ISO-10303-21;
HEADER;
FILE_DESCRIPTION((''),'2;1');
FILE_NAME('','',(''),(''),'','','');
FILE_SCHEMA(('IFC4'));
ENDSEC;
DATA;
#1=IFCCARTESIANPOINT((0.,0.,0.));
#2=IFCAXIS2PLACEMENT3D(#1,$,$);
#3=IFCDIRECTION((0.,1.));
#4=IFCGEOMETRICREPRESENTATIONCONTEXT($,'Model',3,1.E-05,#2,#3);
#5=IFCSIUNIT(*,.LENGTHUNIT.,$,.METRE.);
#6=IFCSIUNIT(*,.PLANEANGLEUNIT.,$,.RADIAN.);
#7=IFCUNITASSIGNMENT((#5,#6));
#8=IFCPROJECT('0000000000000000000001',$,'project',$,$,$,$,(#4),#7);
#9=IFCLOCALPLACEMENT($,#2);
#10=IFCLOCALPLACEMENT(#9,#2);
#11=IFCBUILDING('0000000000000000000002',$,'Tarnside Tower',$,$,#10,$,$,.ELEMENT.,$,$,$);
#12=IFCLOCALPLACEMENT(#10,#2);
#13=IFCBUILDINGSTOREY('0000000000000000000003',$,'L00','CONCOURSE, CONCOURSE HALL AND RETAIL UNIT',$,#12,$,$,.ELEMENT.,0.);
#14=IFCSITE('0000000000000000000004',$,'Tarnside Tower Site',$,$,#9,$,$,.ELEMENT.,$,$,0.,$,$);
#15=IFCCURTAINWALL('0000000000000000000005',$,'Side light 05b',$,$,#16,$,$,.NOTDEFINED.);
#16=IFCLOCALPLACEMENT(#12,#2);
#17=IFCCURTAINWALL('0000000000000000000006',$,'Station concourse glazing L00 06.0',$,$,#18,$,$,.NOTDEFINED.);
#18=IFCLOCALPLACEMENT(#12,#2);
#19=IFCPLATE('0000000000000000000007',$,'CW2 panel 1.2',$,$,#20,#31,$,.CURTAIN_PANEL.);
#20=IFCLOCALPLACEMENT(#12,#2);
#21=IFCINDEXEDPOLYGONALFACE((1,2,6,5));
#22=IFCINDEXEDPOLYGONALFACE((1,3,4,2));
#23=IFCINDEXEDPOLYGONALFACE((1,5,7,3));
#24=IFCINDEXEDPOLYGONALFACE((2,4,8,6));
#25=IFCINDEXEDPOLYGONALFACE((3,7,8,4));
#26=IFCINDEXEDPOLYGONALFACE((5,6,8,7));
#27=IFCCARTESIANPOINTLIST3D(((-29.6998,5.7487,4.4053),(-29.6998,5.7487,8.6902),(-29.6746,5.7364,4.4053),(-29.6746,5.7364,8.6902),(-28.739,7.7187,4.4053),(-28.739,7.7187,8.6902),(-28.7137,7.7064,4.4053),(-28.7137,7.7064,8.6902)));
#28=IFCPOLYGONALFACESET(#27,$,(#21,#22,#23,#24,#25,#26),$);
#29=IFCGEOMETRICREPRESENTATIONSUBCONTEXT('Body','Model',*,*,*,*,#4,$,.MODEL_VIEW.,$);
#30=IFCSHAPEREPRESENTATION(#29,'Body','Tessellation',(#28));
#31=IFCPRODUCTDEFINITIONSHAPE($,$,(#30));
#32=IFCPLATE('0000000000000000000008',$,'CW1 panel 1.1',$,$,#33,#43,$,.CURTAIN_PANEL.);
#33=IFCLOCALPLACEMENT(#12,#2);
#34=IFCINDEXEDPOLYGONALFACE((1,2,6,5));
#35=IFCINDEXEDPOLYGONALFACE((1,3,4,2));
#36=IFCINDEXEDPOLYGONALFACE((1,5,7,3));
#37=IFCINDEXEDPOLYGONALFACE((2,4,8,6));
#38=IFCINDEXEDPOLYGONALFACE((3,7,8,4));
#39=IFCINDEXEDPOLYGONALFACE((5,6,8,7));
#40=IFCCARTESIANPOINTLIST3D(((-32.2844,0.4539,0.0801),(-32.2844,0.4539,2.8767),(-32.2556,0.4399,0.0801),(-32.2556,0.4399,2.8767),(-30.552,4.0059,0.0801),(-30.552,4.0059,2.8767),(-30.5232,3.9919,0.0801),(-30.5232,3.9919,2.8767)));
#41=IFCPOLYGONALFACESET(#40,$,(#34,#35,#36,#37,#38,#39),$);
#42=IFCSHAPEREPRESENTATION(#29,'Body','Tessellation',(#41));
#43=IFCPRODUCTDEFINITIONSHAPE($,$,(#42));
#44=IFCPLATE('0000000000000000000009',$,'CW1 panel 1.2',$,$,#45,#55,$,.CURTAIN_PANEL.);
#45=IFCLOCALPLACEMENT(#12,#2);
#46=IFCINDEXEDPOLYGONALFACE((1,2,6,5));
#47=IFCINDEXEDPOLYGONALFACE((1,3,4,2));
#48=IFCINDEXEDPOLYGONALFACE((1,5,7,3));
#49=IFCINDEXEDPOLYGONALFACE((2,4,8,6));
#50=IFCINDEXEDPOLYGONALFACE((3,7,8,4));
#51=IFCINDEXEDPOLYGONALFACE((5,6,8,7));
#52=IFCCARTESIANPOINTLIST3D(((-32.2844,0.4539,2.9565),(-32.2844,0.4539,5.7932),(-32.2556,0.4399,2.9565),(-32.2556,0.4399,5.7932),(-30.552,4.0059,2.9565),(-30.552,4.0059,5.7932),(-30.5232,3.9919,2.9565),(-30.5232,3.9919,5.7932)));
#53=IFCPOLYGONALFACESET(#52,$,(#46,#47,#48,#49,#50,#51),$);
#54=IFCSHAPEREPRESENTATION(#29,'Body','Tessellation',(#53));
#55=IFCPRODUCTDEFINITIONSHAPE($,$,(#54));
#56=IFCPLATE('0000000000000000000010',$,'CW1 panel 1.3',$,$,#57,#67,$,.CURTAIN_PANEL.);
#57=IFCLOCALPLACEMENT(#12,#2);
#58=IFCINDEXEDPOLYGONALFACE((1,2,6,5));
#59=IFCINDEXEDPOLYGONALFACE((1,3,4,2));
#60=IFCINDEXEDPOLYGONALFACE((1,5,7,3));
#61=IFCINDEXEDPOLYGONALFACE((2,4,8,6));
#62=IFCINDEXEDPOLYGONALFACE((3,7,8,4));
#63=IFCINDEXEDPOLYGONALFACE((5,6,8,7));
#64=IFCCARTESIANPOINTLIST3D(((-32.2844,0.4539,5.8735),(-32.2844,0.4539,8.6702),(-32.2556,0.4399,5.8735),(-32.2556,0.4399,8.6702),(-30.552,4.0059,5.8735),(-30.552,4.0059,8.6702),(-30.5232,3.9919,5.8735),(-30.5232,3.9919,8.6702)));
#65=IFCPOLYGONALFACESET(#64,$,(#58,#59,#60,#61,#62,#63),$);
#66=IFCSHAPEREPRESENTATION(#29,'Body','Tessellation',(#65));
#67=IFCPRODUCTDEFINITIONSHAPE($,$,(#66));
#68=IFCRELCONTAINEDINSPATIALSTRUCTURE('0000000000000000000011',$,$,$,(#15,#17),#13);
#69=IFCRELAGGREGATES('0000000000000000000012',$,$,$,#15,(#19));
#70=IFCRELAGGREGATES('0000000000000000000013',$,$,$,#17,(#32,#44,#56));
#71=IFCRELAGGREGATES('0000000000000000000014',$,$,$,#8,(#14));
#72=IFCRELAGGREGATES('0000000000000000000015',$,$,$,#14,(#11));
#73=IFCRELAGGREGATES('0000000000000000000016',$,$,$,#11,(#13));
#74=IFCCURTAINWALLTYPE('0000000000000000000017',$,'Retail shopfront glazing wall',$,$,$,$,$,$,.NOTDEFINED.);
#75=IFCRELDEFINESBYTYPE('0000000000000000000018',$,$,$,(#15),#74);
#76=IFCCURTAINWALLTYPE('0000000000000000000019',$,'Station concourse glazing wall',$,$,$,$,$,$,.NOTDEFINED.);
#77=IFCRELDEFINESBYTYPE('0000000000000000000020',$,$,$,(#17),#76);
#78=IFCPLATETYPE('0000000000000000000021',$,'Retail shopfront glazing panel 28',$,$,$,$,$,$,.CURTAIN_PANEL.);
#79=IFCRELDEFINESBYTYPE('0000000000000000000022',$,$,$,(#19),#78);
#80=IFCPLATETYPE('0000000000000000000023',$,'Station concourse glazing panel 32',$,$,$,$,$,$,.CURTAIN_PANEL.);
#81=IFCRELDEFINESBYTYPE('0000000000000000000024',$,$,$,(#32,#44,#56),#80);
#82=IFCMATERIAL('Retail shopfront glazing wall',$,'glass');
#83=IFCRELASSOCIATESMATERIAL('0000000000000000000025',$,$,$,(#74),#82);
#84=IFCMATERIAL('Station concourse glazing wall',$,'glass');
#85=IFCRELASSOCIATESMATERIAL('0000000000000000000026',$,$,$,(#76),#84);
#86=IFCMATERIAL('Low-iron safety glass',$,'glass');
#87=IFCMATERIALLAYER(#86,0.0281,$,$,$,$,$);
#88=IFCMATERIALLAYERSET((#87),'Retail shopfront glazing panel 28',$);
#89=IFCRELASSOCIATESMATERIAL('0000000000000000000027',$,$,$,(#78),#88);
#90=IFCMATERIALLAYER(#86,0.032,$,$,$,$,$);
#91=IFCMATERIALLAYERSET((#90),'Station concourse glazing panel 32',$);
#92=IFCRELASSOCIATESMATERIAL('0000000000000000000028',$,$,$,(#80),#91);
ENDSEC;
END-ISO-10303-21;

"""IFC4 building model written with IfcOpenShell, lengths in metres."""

from ifc_helpers import new_model, si_unit, direction, frame, origin, origin_2d, place, context, subcontext, project, spatial, rectangle, extrude, material, layer, layer_set, type_object, element, aggregate, save


model = new_model("IFC4")

# Units and contexts
model_context = context("Model", 3, precision=1e-05, world=origin(), true_north=direction((0.0, 1.0)))
body_context = subcontext(model_context, "Body", "Model", "MODEL_VIEW")
ifc_project = project(units=[si_unit("LENGTHUNIT", "METRE"), si_unit("PLANEANGLEUNIT", "RADIAN")], contexts=[model_context])

# Site, building, storey
site_placement = place(None, origin())
site = spatial("IfcSite", under=ifc_project, at=site_placement, Name="Tarnside Tower Site", CompositionType="ELEMENT", RefElevation=0.0)
building_placement = place(site_placement, origin())
building = spatial("IfcBuilding", under=site, at=building_placement, Name="Tarnside Tower", CompositionType="ELEMENT")
storey_placement = place(building_placement, origin())
storey = spatial("IfcBuildingStorey", under=building, at=storey_placement, Name="L00", Description="CONCOURSE, CONCOURSE HALL AND RETAIL UNIT", CompositionType="ELEMENT", Elevation=0.0)

# Curtain walls
ifc_material_1 = material(Name="Retail shopfront glazing wall", Category="glass")
curtain_wall_type_1 = type_object("IfcCurtainWallType", Name="Retail shopfront glazing wall", PredefinedType="NOTDEFINED", material=ifc_material_1)
curtain_wall_1_placement = place(storey_placement, origin())
curtain_wall_1 = element("IfcCurtainWall", 1, at=curtain_wall_1_placement, inside=storey, type_object=curtain_wall_type_1, Name="Side light 05b", PredefinedType="NOTDEFINED")
ifc_material_2 = material(Name="Station concourse glazing wall", Category="glass")
curtain_wall_type_2 = type_object("IfcCurtainWallType", Name="Station concourse glazing wall", PredefinedType="NOTDEFINED", material=ifc_material_2)
curtain_wall_2_placement = place(storey_placement, origin())
curtain_wall_2 = element("IfcCurtainWall", 2, at=curtain_wall_2_placement, inside=storey, type_object=curtain_wall_type_2, Name="Station concourse glazing L00 06.0", PredefinedType="NOTDEFINED")

# Plates
ifc_material_3 = material(Name="Low-iron safety glass", Category="glass")
ifc_layer_1 = layer(ifc_material_3, 0.0281)
ifc_layer_set_1 = layer_set([ifc_layer_1], Name="Retail shopfront glazing panel 28")
plate_type_1 = type_object("IfcPlateType", Name="Retail shopfront glazing panel 28", PredefinedType="CURTAIN_PANEL", material=ifc_layer_set_1)
plate_1_placement = place(storey_placement, frame((-29.2068, 6.7275, 4.4053), z_axis=(0.0, 0.0, 1.0), x_axis=(-0.438371, -0.898794, 0.0)))
plate_1 = element("IfcPlate", 3, at=plate_1_placement, type_object=plate_type_1, Name="CW2 panel 1.2", PredefinedType="CURTAIN_PANEL", context=body_context, shape_type="SweptSolid", body=[
    extrude(rectangle(XDim=2.1919, YDim=0.0281, at=origin_2d()), origin(), (0.0, 0.0, 1.0), 4.2849),
])
aggregate(curtain_wall_1, [plate_1])
ifc_layer_2 = layer(ifc_material_3, 0.032)
ifc_layer_set_2 = layer_set([ifc_layer_2], Name="Station concourse glazing panel 32")
plate_type_2 = type_object("IfcPlateType", Name="Station concourse glazing panel 32", PredefinedType="CURTAIN_PANEL", material=ifc_layer_set_2)
plate_2_placement = place(storey_placement, frame((-31.4038, 2.2229, 0.0801), z_axis=(0.0, 0.0, 1.0), x_axis=(-0.438371, -0.898794, 0.0)))
plate_2 = element("IfcPlate", 4, at=plate_2_placement, type_object=plate_type_2, Name="CW1 panel 1.1", PredefinedType="CURTAIN_PANEL", context=body_context, shape_type="SweptSolid", body=[
    extrude(rectangle(XDim=3.9519, YDim=0.032, at=origin_2d()), origin(), (0.0, 0.0, 1.0), 2.7966),
])
plate_3_placement = place(storey_placement, frame((-31.4038, 2.2229, 2.9565), z_axis=(0.0, 0.0, 1.0), x_axis=(-0.438371, -0.898794, 0.0)))
plate_3 = element("IfcPlate", 5, at=plate_3_placement, type_object=plate_type_2, Name="CW1 panel 1.2", PredefinedType="CURTAIN_PANEL", context=body_context, shape_type="SweptSolid", body=[
    extrude(rectangle(XDim=3.9519, YDim=0.032, at=origin_2d()), origin(), (0.0, 0.0, 1.0), 2.8367),
])
plate_4_placement = place(storey_placement, frame((-31.4038, 2.2229, 5.8735), z_axis=(0.0, 0.0, 1.0), x_axis=(-0.438371, -0.898794, 0.0)))
plate_4 = element("IfcPlate", 6, at=plate_4_placement, type_object=plate_type_2, Name="CW1 panel 1.3", PredefinedType="CURTAIN_PANEL", context=body_context, shape_type="SweptSolid", body=[
    extrude(rectangle(XDim=3.9519, YDim=0.032, at=origin_2d()), origin(), (0.0, 0.0, 1.0), 2.7966),
])
aggregate(curtain_wall_2, [plate_2, plate_3, plate_4])

save(model, "model.ifc")
